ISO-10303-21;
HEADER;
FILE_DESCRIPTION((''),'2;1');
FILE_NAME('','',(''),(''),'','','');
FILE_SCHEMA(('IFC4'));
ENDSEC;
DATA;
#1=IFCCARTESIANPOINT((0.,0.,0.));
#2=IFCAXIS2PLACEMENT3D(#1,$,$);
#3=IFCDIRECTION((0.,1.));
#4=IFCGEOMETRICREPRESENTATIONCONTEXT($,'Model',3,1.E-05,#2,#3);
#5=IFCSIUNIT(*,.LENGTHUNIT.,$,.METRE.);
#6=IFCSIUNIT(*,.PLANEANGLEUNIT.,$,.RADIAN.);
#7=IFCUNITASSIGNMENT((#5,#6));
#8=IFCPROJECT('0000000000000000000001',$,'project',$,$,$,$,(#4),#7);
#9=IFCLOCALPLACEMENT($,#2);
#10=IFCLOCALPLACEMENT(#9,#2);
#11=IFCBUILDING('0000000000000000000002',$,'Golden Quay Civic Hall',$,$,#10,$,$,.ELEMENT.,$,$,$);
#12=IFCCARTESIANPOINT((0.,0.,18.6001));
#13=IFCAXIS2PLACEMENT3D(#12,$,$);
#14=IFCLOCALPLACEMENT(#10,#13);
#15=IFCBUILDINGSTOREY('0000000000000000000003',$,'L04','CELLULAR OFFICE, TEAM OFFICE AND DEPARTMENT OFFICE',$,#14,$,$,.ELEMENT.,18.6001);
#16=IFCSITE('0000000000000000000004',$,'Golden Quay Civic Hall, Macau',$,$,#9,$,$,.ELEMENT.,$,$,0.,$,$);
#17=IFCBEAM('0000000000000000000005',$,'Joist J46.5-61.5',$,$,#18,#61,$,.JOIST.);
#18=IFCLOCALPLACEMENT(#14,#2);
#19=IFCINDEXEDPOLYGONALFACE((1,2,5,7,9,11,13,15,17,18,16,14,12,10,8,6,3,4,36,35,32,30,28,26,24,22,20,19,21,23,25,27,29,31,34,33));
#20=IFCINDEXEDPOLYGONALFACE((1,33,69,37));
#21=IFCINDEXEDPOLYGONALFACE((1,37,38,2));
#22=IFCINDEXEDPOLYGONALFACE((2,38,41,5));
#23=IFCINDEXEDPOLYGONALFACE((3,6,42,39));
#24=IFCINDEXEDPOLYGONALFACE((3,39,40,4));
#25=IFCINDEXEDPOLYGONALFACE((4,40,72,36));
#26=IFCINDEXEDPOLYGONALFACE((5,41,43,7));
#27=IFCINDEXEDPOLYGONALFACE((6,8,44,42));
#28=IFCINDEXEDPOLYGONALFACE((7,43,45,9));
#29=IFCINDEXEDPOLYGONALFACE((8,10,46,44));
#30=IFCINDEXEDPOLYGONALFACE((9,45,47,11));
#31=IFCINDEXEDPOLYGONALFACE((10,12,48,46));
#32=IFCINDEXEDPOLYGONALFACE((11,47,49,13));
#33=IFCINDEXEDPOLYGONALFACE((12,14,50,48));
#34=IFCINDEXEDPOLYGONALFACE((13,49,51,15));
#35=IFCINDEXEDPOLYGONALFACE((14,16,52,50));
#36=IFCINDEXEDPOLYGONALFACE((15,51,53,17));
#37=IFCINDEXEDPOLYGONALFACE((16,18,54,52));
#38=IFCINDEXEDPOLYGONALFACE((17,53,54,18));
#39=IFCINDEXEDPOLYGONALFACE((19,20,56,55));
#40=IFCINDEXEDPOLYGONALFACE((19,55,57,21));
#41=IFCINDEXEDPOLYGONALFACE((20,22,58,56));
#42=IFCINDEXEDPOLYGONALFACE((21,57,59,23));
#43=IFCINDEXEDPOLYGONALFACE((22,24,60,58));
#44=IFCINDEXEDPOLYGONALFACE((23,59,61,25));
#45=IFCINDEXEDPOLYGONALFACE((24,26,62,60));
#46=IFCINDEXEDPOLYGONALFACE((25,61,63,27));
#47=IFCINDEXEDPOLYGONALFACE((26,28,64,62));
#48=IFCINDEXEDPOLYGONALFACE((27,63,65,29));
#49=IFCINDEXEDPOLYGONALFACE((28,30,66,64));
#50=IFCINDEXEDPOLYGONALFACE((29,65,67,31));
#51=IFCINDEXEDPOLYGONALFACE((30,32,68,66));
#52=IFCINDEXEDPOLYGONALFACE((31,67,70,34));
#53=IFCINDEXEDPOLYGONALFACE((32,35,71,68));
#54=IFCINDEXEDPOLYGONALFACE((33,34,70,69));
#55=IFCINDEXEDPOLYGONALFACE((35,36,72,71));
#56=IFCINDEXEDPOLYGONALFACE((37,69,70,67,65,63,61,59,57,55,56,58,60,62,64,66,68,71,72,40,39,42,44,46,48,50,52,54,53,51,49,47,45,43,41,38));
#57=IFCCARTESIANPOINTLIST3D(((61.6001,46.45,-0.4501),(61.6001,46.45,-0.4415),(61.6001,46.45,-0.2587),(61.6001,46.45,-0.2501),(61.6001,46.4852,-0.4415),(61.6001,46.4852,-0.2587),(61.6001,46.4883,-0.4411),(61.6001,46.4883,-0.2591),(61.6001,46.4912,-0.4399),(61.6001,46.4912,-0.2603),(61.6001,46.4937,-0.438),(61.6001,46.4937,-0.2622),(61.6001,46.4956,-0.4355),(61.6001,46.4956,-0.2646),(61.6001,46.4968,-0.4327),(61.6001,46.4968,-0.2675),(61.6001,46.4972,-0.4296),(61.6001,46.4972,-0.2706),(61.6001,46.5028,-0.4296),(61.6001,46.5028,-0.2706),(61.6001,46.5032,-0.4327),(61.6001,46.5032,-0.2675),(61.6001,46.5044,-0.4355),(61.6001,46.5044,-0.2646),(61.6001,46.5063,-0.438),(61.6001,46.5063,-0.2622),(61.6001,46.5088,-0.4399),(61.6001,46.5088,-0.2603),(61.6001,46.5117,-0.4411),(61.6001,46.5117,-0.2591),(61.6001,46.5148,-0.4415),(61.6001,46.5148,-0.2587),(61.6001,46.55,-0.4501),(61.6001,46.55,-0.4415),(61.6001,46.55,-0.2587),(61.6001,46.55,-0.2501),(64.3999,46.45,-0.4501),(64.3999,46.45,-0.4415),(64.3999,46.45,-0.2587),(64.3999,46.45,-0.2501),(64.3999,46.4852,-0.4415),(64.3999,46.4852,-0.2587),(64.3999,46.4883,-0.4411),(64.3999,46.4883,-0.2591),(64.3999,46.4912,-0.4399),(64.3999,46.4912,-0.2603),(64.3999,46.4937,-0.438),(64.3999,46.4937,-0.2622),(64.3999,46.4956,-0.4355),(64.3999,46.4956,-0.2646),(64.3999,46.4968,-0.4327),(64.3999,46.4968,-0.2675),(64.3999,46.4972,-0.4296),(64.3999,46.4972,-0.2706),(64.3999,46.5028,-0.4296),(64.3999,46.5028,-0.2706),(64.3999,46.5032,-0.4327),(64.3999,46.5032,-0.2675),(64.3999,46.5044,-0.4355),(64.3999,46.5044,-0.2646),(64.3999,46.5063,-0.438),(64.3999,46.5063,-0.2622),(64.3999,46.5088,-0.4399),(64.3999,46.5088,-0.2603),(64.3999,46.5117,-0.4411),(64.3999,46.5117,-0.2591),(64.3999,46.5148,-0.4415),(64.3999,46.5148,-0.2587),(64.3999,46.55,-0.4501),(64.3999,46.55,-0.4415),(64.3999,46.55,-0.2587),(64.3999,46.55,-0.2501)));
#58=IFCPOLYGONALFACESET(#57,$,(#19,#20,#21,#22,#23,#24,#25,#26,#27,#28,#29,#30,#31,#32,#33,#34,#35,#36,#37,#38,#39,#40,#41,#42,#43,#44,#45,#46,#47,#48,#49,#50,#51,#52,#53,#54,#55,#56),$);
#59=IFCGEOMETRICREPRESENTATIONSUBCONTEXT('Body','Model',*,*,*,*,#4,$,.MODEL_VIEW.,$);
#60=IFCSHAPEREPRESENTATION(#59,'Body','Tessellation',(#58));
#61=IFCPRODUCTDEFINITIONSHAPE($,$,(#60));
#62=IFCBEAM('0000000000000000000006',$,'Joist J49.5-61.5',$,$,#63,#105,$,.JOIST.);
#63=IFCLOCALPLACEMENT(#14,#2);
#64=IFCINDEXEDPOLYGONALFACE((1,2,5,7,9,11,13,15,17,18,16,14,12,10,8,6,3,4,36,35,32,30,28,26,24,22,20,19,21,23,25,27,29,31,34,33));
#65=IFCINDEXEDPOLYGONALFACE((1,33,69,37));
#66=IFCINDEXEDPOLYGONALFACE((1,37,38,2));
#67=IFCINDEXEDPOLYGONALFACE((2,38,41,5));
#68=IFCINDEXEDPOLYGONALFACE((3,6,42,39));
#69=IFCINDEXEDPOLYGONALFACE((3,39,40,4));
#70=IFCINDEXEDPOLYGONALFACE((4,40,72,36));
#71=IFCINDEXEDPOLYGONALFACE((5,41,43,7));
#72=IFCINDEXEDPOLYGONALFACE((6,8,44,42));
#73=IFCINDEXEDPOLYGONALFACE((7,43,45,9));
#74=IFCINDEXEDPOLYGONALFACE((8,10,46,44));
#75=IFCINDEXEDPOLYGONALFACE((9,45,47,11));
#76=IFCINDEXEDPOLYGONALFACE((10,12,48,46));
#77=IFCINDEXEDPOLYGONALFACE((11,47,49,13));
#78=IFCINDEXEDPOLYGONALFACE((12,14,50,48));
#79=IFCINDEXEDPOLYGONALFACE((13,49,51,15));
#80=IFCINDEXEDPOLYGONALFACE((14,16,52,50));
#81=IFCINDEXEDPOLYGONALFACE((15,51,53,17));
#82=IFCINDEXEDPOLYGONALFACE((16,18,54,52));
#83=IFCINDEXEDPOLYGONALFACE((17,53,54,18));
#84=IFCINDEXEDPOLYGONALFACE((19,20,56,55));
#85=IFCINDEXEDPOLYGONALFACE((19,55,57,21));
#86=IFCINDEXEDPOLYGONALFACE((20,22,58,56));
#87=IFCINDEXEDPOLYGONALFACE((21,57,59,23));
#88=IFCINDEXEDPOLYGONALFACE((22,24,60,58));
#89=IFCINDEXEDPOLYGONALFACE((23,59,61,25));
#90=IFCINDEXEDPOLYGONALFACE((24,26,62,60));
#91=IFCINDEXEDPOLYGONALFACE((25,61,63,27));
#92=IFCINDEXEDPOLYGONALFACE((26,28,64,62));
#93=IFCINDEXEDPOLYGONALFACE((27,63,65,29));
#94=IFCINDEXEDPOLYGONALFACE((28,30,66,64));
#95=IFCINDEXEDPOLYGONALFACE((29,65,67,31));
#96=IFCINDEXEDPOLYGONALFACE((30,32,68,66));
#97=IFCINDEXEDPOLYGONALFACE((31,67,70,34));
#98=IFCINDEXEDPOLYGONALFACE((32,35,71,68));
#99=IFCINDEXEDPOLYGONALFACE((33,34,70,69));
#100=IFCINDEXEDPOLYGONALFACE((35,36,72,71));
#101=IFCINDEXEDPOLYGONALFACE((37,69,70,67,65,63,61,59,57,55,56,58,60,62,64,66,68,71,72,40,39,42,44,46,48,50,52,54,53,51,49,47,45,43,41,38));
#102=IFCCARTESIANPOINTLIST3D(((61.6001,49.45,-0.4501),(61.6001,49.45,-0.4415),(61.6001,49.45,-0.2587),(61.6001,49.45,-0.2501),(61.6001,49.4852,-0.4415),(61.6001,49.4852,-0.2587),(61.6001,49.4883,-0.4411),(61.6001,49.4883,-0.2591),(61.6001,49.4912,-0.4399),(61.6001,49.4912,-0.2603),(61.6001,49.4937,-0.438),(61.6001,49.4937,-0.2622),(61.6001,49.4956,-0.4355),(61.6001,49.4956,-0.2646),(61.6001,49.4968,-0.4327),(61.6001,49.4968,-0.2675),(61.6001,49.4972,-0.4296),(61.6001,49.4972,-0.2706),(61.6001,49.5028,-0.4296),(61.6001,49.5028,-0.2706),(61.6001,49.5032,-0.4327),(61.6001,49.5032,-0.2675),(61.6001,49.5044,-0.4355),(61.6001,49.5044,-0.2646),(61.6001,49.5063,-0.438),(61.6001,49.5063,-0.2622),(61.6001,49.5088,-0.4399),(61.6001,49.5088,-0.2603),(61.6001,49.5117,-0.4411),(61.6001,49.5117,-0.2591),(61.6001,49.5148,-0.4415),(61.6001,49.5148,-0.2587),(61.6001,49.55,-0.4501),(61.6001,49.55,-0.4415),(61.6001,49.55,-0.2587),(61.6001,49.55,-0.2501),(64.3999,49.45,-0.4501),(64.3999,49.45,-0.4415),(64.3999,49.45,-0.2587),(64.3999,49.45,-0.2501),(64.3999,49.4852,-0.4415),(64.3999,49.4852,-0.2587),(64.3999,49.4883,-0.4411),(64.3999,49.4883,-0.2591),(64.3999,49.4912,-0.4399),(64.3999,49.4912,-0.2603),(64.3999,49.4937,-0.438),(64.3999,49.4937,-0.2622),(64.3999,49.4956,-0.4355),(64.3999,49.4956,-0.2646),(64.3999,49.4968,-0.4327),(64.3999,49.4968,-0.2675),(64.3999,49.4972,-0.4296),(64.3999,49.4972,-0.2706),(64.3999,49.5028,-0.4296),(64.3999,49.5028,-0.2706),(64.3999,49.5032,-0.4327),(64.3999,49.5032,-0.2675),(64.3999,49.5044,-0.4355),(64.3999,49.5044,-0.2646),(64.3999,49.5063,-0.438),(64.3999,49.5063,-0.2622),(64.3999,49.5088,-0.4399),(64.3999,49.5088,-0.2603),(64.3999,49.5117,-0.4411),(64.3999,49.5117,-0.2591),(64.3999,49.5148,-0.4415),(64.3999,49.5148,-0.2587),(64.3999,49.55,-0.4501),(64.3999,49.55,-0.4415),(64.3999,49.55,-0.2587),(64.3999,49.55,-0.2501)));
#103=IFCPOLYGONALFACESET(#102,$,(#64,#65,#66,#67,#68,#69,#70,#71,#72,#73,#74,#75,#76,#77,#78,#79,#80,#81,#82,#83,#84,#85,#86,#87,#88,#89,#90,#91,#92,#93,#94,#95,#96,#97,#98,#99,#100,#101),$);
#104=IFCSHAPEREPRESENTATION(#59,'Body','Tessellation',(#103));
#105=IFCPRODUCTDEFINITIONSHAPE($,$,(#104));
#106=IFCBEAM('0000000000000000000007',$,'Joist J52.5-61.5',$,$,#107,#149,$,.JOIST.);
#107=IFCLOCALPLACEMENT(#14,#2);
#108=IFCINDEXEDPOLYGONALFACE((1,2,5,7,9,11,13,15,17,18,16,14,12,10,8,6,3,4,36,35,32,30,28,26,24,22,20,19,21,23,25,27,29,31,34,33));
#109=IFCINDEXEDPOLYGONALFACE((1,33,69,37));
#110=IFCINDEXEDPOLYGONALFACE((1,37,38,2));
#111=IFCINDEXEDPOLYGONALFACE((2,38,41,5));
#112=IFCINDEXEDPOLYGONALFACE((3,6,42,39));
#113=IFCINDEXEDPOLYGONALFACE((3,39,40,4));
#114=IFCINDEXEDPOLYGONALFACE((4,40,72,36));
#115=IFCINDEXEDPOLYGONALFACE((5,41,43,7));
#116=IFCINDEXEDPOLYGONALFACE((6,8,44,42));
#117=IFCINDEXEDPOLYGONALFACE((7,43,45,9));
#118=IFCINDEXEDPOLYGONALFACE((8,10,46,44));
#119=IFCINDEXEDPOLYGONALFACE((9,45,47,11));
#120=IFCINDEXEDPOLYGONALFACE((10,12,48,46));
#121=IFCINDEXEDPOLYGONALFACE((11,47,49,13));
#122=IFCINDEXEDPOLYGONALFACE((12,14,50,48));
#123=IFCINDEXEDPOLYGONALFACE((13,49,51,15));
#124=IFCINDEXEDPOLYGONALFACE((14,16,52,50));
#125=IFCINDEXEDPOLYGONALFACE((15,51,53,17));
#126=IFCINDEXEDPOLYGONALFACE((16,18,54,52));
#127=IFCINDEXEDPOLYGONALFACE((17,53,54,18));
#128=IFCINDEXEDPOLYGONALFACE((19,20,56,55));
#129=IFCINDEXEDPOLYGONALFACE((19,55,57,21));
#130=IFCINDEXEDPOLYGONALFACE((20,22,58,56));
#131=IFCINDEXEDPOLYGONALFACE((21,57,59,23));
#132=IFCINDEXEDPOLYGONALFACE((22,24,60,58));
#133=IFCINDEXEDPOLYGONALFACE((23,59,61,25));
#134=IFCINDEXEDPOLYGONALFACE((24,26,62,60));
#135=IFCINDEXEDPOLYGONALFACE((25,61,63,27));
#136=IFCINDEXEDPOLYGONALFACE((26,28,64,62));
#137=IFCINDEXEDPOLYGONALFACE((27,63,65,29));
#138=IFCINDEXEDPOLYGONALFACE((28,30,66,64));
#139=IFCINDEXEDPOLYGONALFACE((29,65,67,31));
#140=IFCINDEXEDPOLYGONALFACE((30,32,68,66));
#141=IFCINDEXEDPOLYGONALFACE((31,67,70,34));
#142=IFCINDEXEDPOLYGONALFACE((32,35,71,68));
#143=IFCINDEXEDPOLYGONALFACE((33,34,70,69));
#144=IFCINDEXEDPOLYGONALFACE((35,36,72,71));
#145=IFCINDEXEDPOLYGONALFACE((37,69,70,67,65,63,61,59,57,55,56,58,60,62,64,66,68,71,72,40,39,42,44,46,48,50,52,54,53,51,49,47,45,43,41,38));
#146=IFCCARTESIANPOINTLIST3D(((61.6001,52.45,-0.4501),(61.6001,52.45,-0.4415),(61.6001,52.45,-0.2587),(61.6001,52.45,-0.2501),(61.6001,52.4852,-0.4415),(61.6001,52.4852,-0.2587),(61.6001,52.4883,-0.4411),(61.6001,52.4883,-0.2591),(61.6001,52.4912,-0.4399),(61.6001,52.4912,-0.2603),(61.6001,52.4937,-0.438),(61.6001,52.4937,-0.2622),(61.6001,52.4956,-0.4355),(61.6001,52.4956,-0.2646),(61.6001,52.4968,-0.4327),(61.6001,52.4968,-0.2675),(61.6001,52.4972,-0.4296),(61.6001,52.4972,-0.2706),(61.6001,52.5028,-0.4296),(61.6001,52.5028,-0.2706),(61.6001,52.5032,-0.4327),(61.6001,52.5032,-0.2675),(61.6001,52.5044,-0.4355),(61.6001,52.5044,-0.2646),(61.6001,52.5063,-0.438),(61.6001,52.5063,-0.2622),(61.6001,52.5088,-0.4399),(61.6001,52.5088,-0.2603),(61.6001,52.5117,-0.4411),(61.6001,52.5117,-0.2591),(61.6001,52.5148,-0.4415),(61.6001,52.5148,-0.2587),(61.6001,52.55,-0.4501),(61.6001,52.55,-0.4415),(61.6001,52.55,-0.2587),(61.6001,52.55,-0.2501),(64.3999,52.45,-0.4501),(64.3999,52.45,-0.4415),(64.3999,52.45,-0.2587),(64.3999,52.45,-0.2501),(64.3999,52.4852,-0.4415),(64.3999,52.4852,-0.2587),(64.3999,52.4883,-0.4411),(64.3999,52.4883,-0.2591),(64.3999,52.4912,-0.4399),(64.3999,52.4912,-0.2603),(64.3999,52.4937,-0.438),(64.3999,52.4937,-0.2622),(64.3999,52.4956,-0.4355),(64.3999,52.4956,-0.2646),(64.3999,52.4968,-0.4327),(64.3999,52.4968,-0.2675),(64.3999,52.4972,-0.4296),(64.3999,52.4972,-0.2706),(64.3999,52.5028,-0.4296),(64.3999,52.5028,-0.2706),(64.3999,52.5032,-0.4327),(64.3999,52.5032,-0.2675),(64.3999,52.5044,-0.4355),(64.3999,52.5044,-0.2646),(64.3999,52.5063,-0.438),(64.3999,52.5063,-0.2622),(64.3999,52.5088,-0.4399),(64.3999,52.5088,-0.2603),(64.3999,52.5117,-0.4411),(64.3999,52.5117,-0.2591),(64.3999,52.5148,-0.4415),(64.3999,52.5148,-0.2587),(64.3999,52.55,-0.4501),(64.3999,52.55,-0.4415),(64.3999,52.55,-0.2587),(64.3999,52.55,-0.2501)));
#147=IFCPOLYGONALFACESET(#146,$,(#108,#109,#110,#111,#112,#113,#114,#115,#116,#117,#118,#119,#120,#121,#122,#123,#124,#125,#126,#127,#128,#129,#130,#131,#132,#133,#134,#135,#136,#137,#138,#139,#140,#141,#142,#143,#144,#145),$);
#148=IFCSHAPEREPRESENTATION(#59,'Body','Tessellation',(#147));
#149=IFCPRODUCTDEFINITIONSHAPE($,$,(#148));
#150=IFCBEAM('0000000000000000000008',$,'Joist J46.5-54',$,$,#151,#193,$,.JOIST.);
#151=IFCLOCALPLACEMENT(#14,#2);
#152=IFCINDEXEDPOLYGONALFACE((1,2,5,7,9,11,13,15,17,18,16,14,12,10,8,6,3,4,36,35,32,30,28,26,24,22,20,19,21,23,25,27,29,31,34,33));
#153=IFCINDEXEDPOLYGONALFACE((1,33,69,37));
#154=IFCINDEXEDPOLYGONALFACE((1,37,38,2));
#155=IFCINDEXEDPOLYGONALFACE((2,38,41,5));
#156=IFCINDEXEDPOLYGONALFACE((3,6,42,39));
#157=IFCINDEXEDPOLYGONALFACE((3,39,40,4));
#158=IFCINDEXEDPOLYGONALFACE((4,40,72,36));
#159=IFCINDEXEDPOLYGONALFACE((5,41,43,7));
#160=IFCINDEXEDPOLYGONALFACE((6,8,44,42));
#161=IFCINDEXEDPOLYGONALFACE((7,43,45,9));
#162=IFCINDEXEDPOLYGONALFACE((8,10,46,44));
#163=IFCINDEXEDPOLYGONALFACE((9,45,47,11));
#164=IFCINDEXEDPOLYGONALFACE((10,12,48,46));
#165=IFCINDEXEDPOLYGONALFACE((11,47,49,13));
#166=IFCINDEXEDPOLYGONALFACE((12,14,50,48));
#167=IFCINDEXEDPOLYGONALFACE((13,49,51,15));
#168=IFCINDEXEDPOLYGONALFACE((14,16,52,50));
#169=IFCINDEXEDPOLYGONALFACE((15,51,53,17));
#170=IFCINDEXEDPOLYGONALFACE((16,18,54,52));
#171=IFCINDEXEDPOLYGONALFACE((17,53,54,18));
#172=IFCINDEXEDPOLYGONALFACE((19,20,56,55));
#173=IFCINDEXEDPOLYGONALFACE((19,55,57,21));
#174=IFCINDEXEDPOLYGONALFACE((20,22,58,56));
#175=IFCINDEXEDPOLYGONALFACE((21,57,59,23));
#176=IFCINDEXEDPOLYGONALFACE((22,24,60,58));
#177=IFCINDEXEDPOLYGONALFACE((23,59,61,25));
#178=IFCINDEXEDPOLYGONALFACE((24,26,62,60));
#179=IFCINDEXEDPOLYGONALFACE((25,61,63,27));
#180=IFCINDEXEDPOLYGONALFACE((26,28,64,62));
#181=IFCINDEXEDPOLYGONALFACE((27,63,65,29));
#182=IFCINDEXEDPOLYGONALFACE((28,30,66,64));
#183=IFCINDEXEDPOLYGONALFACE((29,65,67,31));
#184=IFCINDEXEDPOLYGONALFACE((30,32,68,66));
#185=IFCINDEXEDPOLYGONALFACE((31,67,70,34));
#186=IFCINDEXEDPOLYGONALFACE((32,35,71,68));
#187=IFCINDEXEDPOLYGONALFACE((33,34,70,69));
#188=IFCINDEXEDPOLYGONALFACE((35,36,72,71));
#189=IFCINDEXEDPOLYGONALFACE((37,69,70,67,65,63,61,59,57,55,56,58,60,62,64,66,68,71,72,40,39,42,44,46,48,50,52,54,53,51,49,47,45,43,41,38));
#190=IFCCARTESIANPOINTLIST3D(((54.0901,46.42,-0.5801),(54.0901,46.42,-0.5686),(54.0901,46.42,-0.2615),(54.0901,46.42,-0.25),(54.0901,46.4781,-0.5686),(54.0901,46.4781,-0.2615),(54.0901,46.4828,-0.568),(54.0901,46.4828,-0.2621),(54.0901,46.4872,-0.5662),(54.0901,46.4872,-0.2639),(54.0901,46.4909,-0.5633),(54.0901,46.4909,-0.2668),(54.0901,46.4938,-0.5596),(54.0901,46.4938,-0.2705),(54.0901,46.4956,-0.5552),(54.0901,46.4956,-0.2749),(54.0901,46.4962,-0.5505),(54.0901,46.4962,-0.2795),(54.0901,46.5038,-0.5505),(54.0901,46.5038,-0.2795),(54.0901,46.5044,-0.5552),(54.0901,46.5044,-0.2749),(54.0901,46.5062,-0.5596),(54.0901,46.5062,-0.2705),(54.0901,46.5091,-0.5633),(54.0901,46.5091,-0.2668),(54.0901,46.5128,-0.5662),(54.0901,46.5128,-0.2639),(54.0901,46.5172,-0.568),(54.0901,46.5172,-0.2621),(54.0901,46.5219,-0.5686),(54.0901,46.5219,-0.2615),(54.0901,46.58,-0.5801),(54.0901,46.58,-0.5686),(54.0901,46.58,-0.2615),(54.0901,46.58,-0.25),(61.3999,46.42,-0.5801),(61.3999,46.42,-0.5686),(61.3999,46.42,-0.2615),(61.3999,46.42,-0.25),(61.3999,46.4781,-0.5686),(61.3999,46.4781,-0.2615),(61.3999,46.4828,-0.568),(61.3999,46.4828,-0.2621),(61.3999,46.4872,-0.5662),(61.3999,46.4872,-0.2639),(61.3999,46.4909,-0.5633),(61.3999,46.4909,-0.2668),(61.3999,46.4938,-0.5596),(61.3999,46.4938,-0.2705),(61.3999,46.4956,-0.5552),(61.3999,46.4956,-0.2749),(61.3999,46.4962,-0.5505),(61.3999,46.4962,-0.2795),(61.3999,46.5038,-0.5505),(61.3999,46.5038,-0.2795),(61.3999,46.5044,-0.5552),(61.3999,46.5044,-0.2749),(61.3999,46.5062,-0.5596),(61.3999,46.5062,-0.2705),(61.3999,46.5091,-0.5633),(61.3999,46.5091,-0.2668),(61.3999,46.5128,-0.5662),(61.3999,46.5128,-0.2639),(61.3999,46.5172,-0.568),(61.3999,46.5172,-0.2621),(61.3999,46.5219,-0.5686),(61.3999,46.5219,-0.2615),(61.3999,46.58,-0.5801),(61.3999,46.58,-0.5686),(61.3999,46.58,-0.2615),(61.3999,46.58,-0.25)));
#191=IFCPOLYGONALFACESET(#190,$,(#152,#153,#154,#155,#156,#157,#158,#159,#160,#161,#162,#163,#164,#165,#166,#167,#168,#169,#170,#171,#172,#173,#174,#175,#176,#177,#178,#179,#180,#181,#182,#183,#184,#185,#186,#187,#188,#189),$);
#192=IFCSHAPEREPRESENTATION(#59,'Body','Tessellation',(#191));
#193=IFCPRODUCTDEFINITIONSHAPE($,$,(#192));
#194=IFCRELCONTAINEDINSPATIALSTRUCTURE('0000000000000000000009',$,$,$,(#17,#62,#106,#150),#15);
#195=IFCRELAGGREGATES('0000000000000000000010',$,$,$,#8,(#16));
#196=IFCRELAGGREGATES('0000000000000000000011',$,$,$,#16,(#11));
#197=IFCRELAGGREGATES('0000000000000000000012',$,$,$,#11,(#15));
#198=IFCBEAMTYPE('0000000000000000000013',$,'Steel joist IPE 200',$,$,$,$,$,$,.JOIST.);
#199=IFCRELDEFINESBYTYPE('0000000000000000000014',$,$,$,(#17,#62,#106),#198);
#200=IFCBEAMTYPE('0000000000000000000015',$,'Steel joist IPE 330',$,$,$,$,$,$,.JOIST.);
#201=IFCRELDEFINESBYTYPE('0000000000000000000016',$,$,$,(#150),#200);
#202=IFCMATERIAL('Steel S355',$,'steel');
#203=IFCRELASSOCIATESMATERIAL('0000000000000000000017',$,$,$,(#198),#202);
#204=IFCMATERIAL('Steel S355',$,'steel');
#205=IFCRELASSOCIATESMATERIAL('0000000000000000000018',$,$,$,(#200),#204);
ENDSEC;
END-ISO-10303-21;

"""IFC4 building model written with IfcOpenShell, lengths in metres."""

from ifc_helpers import new_model, si_unit, direction, frame, origin, origin_2d, place, context, subcontext, project, spatial, i_section, extrude, material, material_profile, profile_set, type_object, element, save


model = new_model("IFC4")

# Units and contexts
model_context = context("Model", 3, precision=1e-05, world=origin(), true_north=direction((0.0, 1.0)))
body_context = subcontext(model_context, "Body", "Model", "MODEL_VIEW")
ifc_project = project(units=[si_unit("LENGTHUNIT", "METRE"), si_unit("PLANEANGLEUNIT", "RADIAN")], contexts=[model_context])

# Site, building, storey
site_placement = place(None, origin())
site = spatial("IfcSite", under=ifc_project, at=site_placement, Name="Golden Quay Civic Hall, Macau", CompositionType="ELEMENT", RefElevation=0.0)
building_placement = place(site_placement, origin())
building = spatial("IfcBuilding", under=site, at=building_placement, Name="Golden Quay Civic Hall", CompositionType="ELEMENT")
storey_placement = place(building_placement, frame((0.0, 0.0, 18.6001)))
storey = spatial("IfcBuildingStorey", under=building, at=storey_placement, Name="L04", Description="CELLULAR OFFICE, TEAM OFFICE AND DEPARTMENT OFFICE", CompositionType="ELEMENT", Elevation=18.6001)

# Beams
ifc_material_1 = material(Name="Steel S355", Category="steel")
ifc_material_profile_1 = material_profile(ifc_material_1, i_section(OverallWidth=0.1001, OverallDepth=0.2, WebThickness=0.0056, FlangeThickness=0.0085, FilletRadius=0.012, at=origin_2d()), Name="IPE 200")
ifc_profile_set_1 = profile_set([ifc_material_profile_1], Name="Steel S355")
beam_type_1 = type_object("IfcBeamType", Name="Steel joist IPE 200", PredefinedType="JOIST", material=ifc_profile_set_1)
for number, where, z_axis, x_axis, name in (
    (1, (61.6001, 46.5, -0.3501), (1.0, 0.0, 0.0), (0.0, 1.0, 0.0), "Joist J46.5-61.5"),
    (2, (61.6001, 49.5, -0.3501), (1.0, 0.0, 0.0), (0.0, 1.0, 0.0), "Joist J49.5-61.5"),
    (3, (61.6001, 52.5, -0.3501), (1.0, 0.0, 0.0), (0.0, 1.0, 0.0), "Joist J52.5-61.5"),
):
    element("IfcBeam", number, at=place(storey_placement, frame(where, z_axis=z_axis, x_axis=x_axis)), inside=storey, type_object=beam_type_1, Name=name, PredefinedType="JOIST", context=body_context, shape_type="SweptSolid", body=[
        extrude(i_section(OverallWidth=0.1001, OverallDepth=0.2, WebThickness=0.0056, FlangeThickness=0.0085, FilletRadius=0.012, at=origin_2d()), origin(), (0.0, 0.0, 1.0), 2.7998),
    ])
ifc_material_2 = material(Name="Steel S355", Category="steel")
ifc_material_profile_2 = material_profile(ifc_material_2, i_section(OverallWidth=0.1599, OverallDepth=0.3301, WebThickness=0.0076, FlangeThickness=0.0115, FilletRadius=0.0181, at=origin_2d()), Name="IPE 330")
ifc_profile_set_2 = profile_set([ifc_material_profile_2], Name="Steel S355")
beam_type_2 = type_object("IfcBeamType", Name="Steel joist IPE 330", PredefinedType="JOIST", material=ifc_profile_set_2)
beam_1_placement = place(storey_placement, frame((54.0901, 46.5, -0.415), z_axis=(1.0, 0.0, 0.0), x_axis=(0.0, 1.0, 0.0)))
element("IfcBeam", 4, at=beam_1_placement, inside=storey, type_object=beam_type_2, Name="Joist J46.5-54", PredefinedType="JOIST", context=body_context, shape_type="SweptSolid", body=[
    extrude(i_section(OverallWidth=0.1599, OverallDepth=0.3301, WebThickness=0.0076, FlangeThickness=0.0115, FilletRadius=0.0181, at=origin_2d()), origin(), (0.0, 0.0, 1.0), 7.3098),
])

save(model, "model.ifc")
